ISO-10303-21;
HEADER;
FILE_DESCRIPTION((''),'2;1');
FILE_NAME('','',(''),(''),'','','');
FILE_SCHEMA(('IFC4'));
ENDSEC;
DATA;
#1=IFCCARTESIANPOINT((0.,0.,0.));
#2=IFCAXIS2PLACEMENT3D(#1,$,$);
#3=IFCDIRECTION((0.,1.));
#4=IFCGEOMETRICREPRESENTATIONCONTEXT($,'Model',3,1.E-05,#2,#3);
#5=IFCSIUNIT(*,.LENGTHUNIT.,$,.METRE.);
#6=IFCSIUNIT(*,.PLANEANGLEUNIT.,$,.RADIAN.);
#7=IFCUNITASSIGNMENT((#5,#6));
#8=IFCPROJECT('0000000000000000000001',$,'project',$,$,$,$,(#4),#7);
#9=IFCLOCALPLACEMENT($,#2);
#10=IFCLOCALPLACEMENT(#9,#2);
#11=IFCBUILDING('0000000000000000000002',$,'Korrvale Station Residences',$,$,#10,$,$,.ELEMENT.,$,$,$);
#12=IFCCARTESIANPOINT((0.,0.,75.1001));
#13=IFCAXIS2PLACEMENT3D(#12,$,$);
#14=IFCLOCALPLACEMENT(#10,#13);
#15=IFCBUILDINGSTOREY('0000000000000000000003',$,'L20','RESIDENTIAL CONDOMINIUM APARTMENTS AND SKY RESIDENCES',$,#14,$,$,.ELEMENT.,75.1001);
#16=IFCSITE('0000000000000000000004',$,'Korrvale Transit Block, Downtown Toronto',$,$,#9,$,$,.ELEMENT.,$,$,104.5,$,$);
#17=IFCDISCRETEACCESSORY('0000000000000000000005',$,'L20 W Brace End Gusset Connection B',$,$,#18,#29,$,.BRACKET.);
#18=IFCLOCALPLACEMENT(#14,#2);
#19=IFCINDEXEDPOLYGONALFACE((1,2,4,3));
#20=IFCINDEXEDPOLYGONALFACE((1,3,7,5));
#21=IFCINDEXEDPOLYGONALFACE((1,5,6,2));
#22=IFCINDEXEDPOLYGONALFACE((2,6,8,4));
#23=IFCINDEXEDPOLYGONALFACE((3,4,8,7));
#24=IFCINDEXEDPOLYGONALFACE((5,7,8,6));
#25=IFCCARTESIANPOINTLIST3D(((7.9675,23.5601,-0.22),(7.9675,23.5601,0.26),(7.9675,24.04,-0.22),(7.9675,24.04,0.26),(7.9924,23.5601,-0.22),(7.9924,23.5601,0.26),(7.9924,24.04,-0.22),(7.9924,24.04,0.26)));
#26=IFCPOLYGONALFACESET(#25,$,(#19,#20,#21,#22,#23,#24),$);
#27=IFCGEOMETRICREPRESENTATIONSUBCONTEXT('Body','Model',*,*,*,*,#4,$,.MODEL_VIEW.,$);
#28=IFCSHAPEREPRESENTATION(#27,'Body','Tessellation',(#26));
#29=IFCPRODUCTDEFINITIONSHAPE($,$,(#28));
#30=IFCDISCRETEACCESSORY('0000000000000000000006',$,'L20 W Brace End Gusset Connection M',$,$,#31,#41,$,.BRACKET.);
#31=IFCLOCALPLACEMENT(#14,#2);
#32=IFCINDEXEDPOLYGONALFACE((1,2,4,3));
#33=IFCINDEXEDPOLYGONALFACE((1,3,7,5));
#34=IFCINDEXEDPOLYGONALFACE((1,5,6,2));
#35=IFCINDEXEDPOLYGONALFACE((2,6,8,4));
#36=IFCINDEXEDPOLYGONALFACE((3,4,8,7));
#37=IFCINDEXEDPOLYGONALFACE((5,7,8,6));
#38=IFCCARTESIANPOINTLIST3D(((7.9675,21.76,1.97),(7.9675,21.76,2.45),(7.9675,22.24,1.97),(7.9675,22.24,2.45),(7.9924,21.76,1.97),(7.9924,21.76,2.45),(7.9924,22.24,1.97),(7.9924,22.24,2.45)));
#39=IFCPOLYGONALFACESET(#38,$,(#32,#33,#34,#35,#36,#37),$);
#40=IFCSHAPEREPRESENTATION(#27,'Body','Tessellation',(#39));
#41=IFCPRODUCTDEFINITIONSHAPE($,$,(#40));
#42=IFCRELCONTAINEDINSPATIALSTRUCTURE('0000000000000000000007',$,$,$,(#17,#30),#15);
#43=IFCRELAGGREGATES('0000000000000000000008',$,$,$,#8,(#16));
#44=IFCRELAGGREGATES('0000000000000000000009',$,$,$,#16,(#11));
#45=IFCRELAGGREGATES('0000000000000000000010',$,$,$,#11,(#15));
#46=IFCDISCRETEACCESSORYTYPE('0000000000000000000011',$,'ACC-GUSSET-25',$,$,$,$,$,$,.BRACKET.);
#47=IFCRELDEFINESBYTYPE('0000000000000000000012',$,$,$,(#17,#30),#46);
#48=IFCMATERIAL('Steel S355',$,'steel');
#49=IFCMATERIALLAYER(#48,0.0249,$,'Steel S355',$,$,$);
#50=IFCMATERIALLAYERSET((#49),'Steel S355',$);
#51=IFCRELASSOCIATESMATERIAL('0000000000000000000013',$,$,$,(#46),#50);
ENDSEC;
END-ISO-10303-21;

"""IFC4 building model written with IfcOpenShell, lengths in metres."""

from ifc_helpers import new_model, si_unit, direction, frame, origin, origin_2d, place, context, subcontext, project, spatial, rectangle, extrude, material, layer, layer_set, type_object, element, save


model = new_model("IFC4")

# Units and contexts
model_context = context("Model", 3, precision=1e-05, world=origin(), true_north=direction((0.0, 1.0)))
body_context = subcontext(model_context, "Body", "Model", "MODEL_VIEW")
ifc_project = project(units=[si_unit("LENGTHUNIT", "METRE"), si_unit("PLANEANGLEUNIT", "RADIAN")], contexts=[model_context])

# Site, building, storey
site_placement = place(None, origin())
site = spatial("IfcSite", under=ifc_project, at=site_placement, Name="Korrvale Transit Block, Downtown Toronto", CompositionType="ELEMENT", RefElevation=104.5)
building_placement = place(site_placement, origin())
building = spatial("IfcBuilding", under=site, at=building_placement, Name="Korrvale Station Residences", CompositionType="ELEMENT")
storey_placement = place(building_placement, frame((0.0, 0.0, 75.1001)))
storey = spatial("IfcBuildingStorey", under=building, at=storey_placement, Name="L20", Description="RESIDENTIAL CONDOMINIUM APARTMENTS AND SKY RESIDENCES", CompositionType="ELEMENT", Elevation=75.1001)

# Shared definitions
ifc_material_1 = material(Name="Steel S355", Category="steel")

# Discrete accessories
ifc_layer_1 = layer(ifc_material_1, 0.0249, Name="Steel S355")
ifc_layer_set_1 = layer_set([ifc_layer_1], Name="Steel S355")
discrete_accessory_type = type_object("IfcDiscreteAccessoryType", Name="ACC-GUSSET-25", PredefinedType="BRACKET", material=ifc_layer_set_1)
for number, where, z_axis, x_axis, name in (
    (1, (7.98, 23.8, -0.22), (0.0, 0.0, 1.0), (0.0, 1.0, 0.0), "L20 W Brace End Gusset Connection B"),
    (2, (7.98, 22.0, 1.97), (0.0, 0.0, 1.0), (0.0, 1.0, 0.0), "L20 W Brace End Gusset Connection M"),
):
    element("IfcDiscreteAccessory", number, at=place(storey_placement, frame(where, z_axis=z_axis, x_axis=x_axis)), inside=storey, type_object=discrete_accessory_type, Name=name, PredefinedType="BRACKET", context=body_context, shape_type="SweptSolid", body=[
        extrude(rectangle(XDim=0.48, YDim=0.0249, at=origin_2d()), origin(), (0.0, 0.0, 1.0), 0.48),
    ])

save(model, "model.ifc")
